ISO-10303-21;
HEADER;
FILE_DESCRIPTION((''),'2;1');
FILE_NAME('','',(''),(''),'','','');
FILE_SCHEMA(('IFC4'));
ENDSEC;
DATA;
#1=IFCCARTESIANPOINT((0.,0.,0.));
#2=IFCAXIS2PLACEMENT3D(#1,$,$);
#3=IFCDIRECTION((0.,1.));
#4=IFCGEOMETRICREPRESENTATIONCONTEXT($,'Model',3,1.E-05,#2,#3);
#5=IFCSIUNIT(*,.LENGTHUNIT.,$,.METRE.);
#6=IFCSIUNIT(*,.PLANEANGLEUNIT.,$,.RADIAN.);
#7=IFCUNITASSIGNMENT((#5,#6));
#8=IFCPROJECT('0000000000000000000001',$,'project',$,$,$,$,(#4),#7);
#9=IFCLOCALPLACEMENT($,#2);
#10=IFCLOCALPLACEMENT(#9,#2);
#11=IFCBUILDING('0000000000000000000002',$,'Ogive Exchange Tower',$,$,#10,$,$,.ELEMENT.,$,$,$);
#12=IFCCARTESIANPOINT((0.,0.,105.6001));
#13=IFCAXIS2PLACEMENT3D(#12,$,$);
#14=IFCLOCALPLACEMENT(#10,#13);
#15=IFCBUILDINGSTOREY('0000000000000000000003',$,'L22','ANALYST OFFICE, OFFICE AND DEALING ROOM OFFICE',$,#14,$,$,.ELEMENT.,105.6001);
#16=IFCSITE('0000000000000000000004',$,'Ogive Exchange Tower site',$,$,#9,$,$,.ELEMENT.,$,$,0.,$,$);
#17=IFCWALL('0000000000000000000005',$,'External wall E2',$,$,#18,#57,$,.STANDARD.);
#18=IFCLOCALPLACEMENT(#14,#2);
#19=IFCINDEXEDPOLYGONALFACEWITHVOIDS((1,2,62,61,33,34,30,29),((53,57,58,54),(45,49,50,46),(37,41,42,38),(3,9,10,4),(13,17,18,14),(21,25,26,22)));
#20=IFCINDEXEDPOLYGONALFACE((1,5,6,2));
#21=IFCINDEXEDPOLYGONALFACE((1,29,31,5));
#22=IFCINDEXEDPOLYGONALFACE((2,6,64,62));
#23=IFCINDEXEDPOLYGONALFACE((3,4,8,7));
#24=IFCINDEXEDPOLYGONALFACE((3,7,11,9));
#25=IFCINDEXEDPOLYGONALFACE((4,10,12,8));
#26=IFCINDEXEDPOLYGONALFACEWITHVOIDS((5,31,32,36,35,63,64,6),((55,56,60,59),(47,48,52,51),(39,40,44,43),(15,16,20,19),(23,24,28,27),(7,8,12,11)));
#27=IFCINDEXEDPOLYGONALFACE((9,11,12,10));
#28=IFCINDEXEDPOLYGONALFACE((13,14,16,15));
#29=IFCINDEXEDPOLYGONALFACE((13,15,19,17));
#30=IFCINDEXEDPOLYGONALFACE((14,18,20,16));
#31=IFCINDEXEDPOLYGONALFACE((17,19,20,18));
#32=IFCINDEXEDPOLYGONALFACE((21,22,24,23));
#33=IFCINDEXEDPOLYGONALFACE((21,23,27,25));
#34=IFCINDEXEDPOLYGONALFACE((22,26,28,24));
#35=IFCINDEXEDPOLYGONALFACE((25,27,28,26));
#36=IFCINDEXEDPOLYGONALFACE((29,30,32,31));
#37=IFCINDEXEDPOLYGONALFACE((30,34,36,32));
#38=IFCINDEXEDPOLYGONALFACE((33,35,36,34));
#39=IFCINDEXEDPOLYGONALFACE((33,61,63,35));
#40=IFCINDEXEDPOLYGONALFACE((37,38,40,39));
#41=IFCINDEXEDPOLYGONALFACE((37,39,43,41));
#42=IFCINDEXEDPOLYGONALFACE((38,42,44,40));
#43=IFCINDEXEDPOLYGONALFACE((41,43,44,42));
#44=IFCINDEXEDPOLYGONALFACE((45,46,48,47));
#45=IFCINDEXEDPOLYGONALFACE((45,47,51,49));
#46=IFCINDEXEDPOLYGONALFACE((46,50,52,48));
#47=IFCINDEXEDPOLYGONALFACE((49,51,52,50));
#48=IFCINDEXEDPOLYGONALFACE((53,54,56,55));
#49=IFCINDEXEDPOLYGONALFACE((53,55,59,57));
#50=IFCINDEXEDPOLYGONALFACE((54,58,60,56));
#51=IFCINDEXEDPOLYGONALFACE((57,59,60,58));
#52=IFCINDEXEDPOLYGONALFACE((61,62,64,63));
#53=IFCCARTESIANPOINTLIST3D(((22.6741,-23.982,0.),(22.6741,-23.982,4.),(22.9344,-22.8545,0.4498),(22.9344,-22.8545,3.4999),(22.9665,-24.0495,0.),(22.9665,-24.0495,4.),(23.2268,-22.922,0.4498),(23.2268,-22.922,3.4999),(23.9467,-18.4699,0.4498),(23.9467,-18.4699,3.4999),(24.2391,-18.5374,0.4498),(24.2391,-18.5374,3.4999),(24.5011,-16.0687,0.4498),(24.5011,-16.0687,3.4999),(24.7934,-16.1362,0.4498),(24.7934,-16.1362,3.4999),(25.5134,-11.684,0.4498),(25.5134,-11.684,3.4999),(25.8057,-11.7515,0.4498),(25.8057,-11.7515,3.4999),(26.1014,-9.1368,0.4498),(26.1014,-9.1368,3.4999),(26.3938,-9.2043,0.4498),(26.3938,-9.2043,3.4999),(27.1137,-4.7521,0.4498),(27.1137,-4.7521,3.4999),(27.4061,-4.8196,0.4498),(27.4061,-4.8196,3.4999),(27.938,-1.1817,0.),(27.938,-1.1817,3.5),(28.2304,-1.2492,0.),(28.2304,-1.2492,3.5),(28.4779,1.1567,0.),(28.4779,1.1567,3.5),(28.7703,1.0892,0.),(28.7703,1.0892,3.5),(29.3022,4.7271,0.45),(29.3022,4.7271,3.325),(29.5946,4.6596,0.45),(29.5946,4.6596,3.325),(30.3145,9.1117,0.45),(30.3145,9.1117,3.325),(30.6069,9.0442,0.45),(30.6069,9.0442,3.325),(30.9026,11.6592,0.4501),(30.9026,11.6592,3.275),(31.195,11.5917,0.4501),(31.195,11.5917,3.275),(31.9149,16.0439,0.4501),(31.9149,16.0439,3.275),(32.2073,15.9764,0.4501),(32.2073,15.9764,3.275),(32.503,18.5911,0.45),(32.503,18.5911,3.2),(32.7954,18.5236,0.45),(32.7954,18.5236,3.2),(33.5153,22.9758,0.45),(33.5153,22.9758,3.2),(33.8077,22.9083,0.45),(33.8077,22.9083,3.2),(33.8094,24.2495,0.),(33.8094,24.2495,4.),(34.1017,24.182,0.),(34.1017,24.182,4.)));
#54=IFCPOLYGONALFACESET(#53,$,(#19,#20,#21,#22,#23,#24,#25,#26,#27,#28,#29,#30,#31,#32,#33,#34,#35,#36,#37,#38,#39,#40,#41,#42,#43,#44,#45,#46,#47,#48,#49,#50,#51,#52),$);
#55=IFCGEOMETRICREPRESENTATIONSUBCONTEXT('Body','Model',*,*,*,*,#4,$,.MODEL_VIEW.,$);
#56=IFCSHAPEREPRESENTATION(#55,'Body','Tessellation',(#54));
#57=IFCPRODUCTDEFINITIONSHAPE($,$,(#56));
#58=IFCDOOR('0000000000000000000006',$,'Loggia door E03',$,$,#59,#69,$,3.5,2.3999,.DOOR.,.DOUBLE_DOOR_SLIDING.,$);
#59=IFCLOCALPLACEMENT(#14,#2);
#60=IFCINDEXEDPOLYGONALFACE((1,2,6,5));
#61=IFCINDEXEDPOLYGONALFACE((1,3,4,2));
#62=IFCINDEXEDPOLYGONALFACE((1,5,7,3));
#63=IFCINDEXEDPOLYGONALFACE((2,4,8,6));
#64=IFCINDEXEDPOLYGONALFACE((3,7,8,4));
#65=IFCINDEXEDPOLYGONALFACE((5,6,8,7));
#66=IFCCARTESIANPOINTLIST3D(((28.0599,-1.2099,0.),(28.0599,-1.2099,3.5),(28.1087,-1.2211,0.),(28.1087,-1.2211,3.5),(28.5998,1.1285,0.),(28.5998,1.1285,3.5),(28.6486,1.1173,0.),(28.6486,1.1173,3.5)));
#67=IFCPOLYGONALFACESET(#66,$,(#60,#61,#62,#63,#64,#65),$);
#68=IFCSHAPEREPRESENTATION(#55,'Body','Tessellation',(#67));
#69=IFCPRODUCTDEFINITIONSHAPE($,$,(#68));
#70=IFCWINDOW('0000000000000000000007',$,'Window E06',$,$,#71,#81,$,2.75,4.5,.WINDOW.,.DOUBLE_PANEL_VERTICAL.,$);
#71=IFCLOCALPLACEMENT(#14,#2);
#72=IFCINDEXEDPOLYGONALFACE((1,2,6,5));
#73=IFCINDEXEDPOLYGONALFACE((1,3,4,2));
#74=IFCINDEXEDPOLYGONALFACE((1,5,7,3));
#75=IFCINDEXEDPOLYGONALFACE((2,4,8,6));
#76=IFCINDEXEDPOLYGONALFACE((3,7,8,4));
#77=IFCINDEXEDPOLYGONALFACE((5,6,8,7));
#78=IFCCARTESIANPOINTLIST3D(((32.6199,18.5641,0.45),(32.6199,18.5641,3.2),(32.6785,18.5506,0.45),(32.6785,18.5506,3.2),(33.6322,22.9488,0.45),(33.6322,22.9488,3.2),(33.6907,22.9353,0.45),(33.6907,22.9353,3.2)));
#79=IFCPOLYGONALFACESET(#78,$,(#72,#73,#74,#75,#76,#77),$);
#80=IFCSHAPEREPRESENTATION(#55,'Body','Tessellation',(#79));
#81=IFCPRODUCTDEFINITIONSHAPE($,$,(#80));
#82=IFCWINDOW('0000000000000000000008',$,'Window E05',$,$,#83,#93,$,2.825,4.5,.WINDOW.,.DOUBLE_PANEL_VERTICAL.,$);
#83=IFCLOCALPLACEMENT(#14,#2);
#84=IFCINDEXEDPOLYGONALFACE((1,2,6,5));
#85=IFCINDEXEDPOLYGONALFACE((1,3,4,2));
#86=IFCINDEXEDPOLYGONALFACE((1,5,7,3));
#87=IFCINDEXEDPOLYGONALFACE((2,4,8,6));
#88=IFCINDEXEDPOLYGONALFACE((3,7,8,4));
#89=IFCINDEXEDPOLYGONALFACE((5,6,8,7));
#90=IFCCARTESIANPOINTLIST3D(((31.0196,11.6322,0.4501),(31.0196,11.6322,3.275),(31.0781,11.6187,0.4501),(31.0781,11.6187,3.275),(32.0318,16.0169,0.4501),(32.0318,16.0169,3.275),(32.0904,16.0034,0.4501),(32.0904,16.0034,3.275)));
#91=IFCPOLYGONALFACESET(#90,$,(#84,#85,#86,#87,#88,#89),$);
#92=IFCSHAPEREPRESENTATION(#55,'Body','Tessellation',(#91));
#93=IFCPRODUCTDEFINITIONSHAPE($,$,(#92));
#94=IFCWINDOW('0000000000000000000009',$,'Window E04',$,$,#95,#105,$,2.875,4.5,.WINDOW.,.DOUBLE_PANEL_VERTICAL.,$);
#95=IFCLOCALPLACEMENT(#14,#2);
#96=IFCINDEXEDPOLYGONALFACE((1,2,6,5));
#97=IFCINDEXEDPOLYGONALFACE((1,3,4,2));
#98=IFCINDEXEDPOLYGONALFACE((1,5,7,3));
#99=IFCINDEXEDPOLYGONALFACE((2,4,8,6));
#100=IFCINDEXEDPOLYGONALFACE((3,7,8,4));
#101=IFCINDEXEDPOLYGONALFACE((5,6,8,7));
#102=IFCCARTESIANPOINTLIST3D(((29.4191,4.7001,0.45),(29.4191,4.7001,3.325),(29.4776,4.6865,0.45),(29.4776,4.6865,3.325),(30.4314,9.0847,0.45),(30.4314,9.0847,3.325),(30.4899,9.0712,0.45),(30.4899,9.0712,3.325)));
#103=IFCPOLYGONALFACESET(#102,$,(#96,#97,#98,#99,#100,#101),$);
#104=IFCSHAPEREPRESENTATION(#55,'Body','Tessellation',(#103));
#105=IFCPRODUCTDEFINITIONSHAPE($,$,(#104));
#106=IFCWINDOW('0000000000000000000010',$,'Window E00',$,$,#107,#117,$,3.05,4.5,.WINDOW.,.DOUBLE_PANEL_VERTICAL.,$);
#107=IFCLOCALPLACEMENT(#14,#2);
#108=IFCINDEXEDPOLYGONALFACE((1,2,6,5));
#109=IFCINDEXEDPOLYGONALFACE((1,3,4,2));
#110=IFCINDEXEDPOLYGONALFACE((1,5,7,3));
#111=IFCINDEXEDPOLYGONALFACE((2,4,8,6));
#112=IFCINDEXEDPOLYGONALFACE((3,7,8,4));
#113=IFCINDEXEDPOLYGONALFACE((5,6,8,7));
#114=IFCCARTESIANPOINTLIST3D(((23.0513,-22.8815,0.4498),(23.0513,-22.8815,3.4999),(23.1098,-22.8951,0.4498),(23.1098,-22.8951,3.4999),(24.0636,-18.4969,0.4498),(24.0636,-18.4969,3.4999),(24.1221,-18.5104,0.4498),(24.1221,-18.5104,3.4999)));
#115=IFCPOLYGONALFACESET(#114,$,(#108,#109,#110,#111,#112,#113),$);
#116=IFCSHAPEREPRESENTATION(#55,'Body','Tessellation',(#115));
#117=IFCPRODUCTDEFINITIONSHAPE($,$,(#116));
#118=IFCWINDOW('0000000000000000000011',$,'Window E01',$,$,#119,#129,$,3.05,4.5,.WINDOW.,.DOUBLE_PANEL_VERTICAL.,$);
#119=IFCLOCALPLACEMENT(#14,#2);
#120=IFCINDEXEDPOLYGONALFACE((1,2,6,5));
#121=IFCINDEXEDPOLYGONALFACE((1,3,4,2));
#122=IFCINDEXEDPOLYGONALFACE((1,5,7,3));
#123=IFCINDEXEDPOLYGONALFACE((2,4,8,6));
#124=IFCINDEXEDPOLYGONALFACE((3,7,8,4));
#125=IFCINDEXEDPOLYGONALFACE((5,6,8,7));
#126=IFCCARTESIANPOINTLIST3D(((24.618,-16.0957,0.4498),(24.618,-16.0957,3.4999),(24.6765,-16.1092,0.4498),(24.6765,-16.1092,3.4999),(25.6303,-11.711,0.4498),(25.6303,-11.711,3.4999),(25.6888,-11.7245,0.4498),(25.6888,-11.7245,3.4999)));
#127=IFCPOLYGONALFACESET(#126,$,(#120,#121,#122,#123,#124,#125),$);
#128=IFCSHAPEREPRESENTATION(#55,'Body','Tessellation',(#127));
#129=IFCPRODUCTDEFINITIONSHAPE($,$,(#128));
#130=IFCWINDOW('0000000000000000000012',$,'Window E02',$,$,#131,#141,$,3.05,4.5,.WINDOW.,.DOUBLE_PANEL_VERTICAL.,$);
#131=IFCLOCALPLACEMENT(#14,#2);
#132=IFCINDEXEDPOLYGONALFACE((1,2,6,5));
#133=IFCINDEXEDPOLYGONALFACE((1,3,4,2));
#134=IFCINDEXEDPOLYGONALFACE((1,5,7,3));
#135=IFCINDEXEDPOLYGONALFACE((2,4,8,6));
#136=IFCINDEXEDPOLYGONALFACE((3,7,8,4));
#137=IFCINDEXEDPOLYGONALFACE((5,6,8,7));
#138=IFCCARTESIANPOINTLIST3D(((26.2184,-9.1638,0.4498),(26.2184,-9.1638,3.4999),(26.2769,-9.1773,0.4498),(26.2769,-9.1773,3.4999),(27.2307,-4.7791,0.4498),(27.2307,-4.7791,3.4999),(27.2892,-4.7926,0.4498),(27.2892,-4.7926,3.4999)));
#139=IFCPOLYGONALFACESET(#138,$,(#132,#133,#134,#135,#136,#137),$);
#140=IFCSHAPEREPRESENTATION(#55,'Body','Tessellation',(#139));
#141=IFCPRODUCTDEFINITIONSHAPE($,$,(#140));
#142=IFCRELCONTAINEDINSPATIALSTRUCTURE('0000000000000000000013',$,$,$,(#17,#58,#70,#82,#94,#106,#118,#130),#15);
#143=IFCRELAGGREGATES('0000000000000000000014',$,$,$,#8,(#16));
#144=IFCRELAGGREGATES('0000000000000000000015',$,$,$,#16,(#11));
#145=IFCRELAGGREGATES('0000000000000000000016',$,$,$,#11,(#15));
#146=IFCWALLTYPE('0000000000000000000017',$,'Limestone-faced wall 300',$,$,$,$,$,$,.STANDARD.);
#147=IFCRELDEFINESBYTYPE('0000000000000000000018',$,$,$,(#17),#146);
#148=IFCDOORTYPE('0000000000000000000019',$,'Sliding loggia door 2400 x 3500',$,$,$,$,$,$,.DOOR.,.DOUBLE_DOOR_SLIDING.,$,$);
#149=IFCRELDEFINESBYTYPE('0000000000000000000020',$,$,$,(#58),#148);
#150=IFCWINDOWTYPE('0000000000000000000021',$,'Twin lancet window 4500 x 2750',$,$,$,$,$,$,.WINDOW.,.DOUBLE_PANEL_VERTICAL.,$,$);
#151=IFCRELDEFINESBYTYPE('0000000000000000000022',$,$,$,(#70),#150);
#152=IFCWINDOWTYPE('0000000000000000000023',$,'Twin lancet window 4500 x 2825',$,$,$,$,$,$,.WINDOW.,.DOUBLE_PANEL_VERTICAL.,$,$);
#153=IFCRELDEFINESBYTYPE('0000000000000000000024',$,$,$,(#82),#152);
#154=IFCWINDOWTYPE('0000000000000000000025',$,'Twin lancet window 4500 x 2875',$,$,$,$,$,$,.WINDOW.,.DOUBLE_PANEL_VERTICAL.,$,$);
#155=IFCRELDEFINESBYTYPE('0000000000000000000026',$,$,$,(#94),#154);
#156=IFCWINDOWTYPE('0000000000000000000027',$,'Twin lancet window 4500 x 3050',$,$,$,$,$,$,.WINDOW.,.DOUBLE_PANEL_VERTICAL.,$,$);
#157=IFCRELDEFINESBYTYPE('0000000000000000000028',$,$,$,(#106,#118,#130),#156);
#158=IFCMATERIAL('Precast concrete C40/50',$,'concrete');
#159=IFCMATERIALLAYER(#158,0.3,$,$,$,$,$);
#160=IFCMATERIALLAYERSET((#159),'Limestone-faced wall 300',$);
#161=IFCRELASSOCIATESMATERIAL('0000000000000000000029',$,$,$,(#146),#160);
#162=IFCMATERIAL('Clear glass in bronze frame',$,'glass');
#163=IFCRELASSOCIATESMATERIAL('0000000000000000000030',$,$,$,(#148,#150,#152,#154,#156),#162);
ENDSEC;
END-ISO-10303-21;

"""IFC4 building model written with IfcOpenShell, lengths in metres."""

from ifc_helpers import new_model, si_unit, direction, frame, frame_2d, origin, place, context, subcontext, project, spatial, rectangle, extrude, material, layer, layer_set, type_object, element, fill, save


model = new_model("IFC4")

# Units and contexts
model_context = context("Model", 3, precision=1e-05, world=origin(), true_north=direction((0.0, 1.0)))
body_context = subcontext(model_context, "Body", "Model", "MODEL_VIEW")
ifc_project = project(units=[si_unit("LENGTHUNIT", "METRE"), si_unit("PLANEANGLEUNIT", "RADIAN")], contexts=[model_context])

# Site, building, storey
site_placement = place(None, origin())
site = spatial("IfcSite", under=ifc_project, at=site_placement, Name="Ogive Exchange Tower site", CompositionType="ELEMENT", RefElevation=0.0)
building_placement = place(site_placement, origin())
building = spatial("IfcBuilding", under=site, at=building_placement, Name="Ogive Exchange Tower", CompositionType="ELEMENT")
storey_placement = place(building_placement, frame((0.0, 0.0, 105.6001)))
storey = spatial("IfcBuildingStorey", under=building, at=storey_placement, Name="L22", Description="ANALYST OFFICE, OFFICE AND DEALING ROOM OFFICE", CompositionType="ELEMENT", Elevation=105.6001)

# Wall, openings, door, windows
ifc_material_1 = material(Name="Precast concrete C40/50", Category="concrete")
ifc_layer_1 = layer(ifc_material_1, 0.3)
ifc_layer_set_1 = layer_set([ifc_layer_1], Name="Limestone-faced wall 300")
wall_type_1 = type_object("IfcWallType", Name="Limestone-faced wall 300", PredefinedType="STANDARD", material=ifc_layer_set_1)
wall_1_placement = place(storey_placement, frame((22.8203, -24.0156, 0.0), z_axis=(0.0, 0.0, 1.0), x_axis=(0.224954, 0.974369, 0.0)))
wall_1 = element("IfcWall", 1, at=wall_1_placement, inside=storey, type_object=wall_type_1, Name="External wall E2", PredefinedType="STANDARD", context=body_context, shape_type="SweptSolid", body=[
    extrude(rectangle(XDim=49.5002, YDim=0.3, at=frame_2d((24.75, 0.0))), origin(), (0.0, 0.0, 1.0), 4.0),
])
opening_1_placement = place(wall_1_placement, frame((1.157, 0.0, 0.45)))
opening_1 = element("IfcOpeningElement", 2, at=opening_1_placement, cuts=wall_1, PredefinedType="OPENING", context=body_context, shape_type="SweptSolid", body=[
    extrude(rectangle(XDim=4.5, YDim=3.05, at=frame_2d((2.25, 1.5249))), frame((0.0, 0.1599, 0.0), z_axis=(0.0, -1.0, 0.0), x_axis=(1.0, 0.0, 0.0)), (0.0, 0.0, 1.0), 0.3201),
])
opening_2_placement = place(wall_1_placement, frame((8.1213, 0.0, 0.45)))
opening_2 = element("IfcOpeningElement", 3, at=opening_2_placement, cuts=wall_1, PredefinedType="OPENING", context=body_context, shape_type="SweptSolid", body=[
    extrude(rectangle(XDim=4.5, YDim=3.05, at=frame_2d((2.25, 1.5249))), frame((0.0, 0.1599, 0.0), z_axis=(0.0, -1.0, 0.0), x_axis=(1.0, 0.0, 0.0)), (0.0, 0.0, 1.0), 0.3201),
])
opening_3_placement = place(wall_1_placement, frame((15.2356, 0.0, 0.45)))
opening_3 = element("IfcOpeningElement", 4, at=opening_3_placement, cuts=wall_1, PredefinedType="OPENING", context=body_context, shape_type="SweptSolid", body=[
    extrude(rectangle(XDim=4.5, YDim=3.05, at=frame_2d((2.25, 1.5249))), frame((0.0, 0.1599, 0.0), z_axis=(0.0, -1.0, 0.0), x_axis=(1.0, 0.0, 0.0)), (0.0, 0.0, 1.0), 0.3201),
])
opening_4_placement = place(wall_1_placement, frame((23.3999, 0.0, 0.0)))
opening_4 = element("IfcOpeningElement", 5, at=opening_4_placement, cuts=wall_1, PredefinedType="OPENING", context=body_context, shape_type="SweptSolid", body=[
    extrude(rectangle(XDim=2.3999, YDim=3.5, at=frame_2d((1.2, 1.75))), frame((0.0, 0.1599, 0.0), z_axis=(0.0, -1.0, 0.0), x_axis=(1.0, 0.0, 0.0)), (0.0, 0.0, 1.0), 0.3201),
])
opening_5_placement = place(wall_1_placement, frame((29.4641, 0.0, 0.45)))
opening_5 = element("IfcOpeningElement", 6, at=opening_5_placement, cuts=wall_1, PredefinedType="OPENING", context=body_context, shape_type="SweptSolid", body=[
    extrude(rectangle(XDim=4.5, YDim=2.875, at=frame_2d((2.25, 1.4375))), frame((0.0, 0.1599, 0.0), z_axis=(0.0, -1.0, 0.0), x_axis=(1.0, 0.0, 0.0)), (0.0, 0.0, 1.0), 0.3201),
])
opening_6_placement = place(wall_1_placement, frame((36.5786, 0.0, 0.45)))
opening_6 = element("IfcOpeningElement", 7, at=opening_6_placement, cuts=wall_1, PredefinedType="OPENING", context=body_context, shape_type="SweptSolid", body=[
    extrude(rectangle(XDim=4.5, YDim=2.825, at=frame_2d((2.25, 1.4126))), frame((0.0, 0.1599, 0.0), z_axis=(0.0, -1.0, 0.0), x_axis=(1.0, 0.0, 0.0)), (0.0, 0.0, 1.0), 0.3201),
])
opening_7_placement = place(wall_1_placement, frame((43.6929, 0.0, 0.45)))
opening_7 = element("IfcOpeningElement", 8, at=opening_7_placement, cuts=wall_1, PredefinedType="OPENING", context=body_context, shape_type="SweptSolid", body=[
    extrude(rectangle(XDim=4.5, YDim=2.75, at=frame_2d((2.25, 1.375))), frame((0.0, 0.1599, 0.0), z_axis=(0.0, -1.0, 0.0), x_axis=(1.0, 0.0, 0.0)), (0.0, 0.0, 1.0), 0.3201),
])
ifc_material_2 = material(Name="Clear glass in bronze frame", Category="glass")
door_type_1 = type_object("IfcDoorType", Name="Sliding loggia door 2400 x 3500", OperationType="DOUBLE_DOOR_SLIDING", PredefinedType="DOOR", material=ifc_material_2)
door_1_placement = place(opening_4_placement, origin())
door_1 = element("IfcDoor", 9, at=door_1_placement, inside=storey, type_object=door_type_1, Name="Loggia door E03", OperationType="DOUBLE_DOOR_SLIDING", OverallHeight=3.5, OverallWidth=2.3999, PredefinedType="DOOR", context=body_context, shape_type="SweptSolid", body=[
    extrude(rectangle(XDim=2.3999, YDim=3.5, at=frame_2d((1.2, 1.75))), frame((0.0, 0.0249, 0.0), z_axis=(0.0, -1.0, 0.0), x_axis=(1.0, 0.0, 0.0)), (0.0, 0.0, 1.0), 0.05),
])
fill(opening_4, door_1)
window_type_1 = type_object("IfcWindowType", Name="Twin lancet window 4500 x 2750", PartitioningType="DOUBLE_PANEL_VERTICAL", PredefinedType="WINDOW", material=ifc_material_2)
window_1_placement = place(opening_7_placement, origin())
window_1 = element("IfcWindow", 10, at=window_1_placement, inside=storey, type_object=window_type_1, Name="Window E06", OverallHeight=2.75, OverallWidth=4.5, PartitioningType="DOUBLE_PANEL_VERTICAL", PredefinedType="WINDOW", context=body_context, shape_type="SweptSolid", body=[
    extrude(rectangle(XDim=4.5, YDim=2.75, at=frame_2d((2.25, 1.375))), frame((0.0, 0.03, 0.0), z_axis=(0.0, -1.0, 0.0), x_axis=(1.0, 0.0, 0.0)), (0.0, 0.0, 1.0), 0.0601),
])
fill(opening_7, window_1)
window_type_2 = type_object("IfcWindowType", Name="Twin lancet window 4500 x 2825", PartitioningType="DOUBLE_PANEL_VERTICAL", PredefinedType="WINDOW", material=ifc_material_2)
window_2_placement = place(opening_6_placement, origin())
window_2 = element("IfcWindow", 11, at=window_2_placement, inside=storey, type_object=window_type_2, Name="Window E05", OverallHeight=2.825, OverallWidth=4.5, PartitioningType="DOUBLE_PANEL_VERTICAL", PredefinedType="WINDOW", context=body_context, shape_type="SweptSolid", body=[
    extrude(rectangle(XDim=4.5, YDim=2.825, at=frame_2d((2.25, 1.4126))), frame((0.0, 0.03, 0.0), z_axis=(0.0, -1.0, 0.0), x_axis=(1.0, 0.0, 0.0)), (0.0, 0.0, 1.0), 0.0601),
])
fill(opening_6, window_2)
window_type_3 = type_object("IfcWindowType", Name="Twin lancet window 4500 x 2875", PartitioningType="DOUBLE_PANEL_VERTICAL", PredefinedType="WINDOW", material=ifc_material_2)
window_3_placement = place(opening_5_placement, origin())
window_3 = element("IfcWindow", 12, at=window_3_placement, inside=storey, type_object=window_type_3, Name="Window E04", OverallHeight=2.875, OverallWidth=4.5, PartitioningType="DOUBLE_PANEL_VERTICAL", PredefinedType="WINDOW", context=body_context, shape_type="SweptSolid", body=[
    extrude(rectangle(XDim=4.5, YDim=2.875, at=frame_2d((2.25, 1.4375))), frame((0.0, 0.03, 0.0), z_axis=(0.0, -1.0, 0.0), x_axis=(1.0, 0.0, 0.0)), (0.0, 0.0, 1.0), 0.0601),
])
fill(opening_5, window_3)
window_type_4 = type_object("IfcWindowType", Name="Twin lancet window 4500 x 3050", PartitioningType="DOUBLE_PANEL_VERTICAL", PredefinedType="WINDOW", material=ifc_material_2)
window_4_placement = place(opening_1_placement, origin())
window_4 = element("IfcWindow", 13, at=window_4_placement, inside=storey, type_object=window_type_4, Name="Window E00", OverallHeight=3.05, OverallWidth=4.5, PartitioningType="DOUBLE_PANEL_VERTICAL", PredefinedType="WINDOW", context=body_context, shape_type="SweptSolid", body=[
    extrude(rectangle(XDim=4.5, YDim=3.05, at=frame_2d((2.25, 1.5249))), frame((0.0, 0.03, 0.0), z_axis=(0.0, -1.0, 0.0), x_axis=(1.0, 0.0, 0.0)), (0.0, 0.0, 1.0), 0.0601),
])
fill(opening_1, window_4)
window_5_placement = place(opening_2_placement, origin())
window_5 = element("IfcWindow", 14, at=window_5_placement, inside=storey, type_object=window_type_4, Name="Window E01", OverallHeight=3.05, OverallWidth=4.5, PartitioningType="DOUBLE_PANEL_VERTICAL", PredefinedType="WINDOW", context=body_context, shape_type="SweptSolid", body=[
    extrude(rectangle(XDim=4.5, YDim=3.05, at=frame_2d((2.25, 1.5249))), frame((0.0, 0.03, 0.0), z_axis=(0.0, -1.0, 0.0), x_axis=(1.0, 0.0, 0.0)), (0.0, 0.0, 1.0), 0.0601),
])
fill(opening_2, window_5)
window_6_placement = place(opening_3_placement, origin())
window_6 = element("IfcWindow", 15, at=window_6_placement, inside=storey, type_object=window_type_4, Name="Window E02", OverallHeight=3.05, OverallWidth=4.5, PartitioningType="DOUBLE_PANEL_VERTICAL", PredefinedType="WINDOW", context=body_context, shape_type="SweptSolid", body=[
    extrude(rectangle(XDim=4.5, YDim=3.05, at=frame_2d((2.25, 1.5249))), frame((0.0, 0.03, 0.0), z_axis=(0.0, -1.0, 0.0), x_axis=(1.0, 0.0, 0.0)), (0.0, 0.0, 1.0), 0.0601),
])
fill(opening_3, window_6)

save(model, "model.ifc")
